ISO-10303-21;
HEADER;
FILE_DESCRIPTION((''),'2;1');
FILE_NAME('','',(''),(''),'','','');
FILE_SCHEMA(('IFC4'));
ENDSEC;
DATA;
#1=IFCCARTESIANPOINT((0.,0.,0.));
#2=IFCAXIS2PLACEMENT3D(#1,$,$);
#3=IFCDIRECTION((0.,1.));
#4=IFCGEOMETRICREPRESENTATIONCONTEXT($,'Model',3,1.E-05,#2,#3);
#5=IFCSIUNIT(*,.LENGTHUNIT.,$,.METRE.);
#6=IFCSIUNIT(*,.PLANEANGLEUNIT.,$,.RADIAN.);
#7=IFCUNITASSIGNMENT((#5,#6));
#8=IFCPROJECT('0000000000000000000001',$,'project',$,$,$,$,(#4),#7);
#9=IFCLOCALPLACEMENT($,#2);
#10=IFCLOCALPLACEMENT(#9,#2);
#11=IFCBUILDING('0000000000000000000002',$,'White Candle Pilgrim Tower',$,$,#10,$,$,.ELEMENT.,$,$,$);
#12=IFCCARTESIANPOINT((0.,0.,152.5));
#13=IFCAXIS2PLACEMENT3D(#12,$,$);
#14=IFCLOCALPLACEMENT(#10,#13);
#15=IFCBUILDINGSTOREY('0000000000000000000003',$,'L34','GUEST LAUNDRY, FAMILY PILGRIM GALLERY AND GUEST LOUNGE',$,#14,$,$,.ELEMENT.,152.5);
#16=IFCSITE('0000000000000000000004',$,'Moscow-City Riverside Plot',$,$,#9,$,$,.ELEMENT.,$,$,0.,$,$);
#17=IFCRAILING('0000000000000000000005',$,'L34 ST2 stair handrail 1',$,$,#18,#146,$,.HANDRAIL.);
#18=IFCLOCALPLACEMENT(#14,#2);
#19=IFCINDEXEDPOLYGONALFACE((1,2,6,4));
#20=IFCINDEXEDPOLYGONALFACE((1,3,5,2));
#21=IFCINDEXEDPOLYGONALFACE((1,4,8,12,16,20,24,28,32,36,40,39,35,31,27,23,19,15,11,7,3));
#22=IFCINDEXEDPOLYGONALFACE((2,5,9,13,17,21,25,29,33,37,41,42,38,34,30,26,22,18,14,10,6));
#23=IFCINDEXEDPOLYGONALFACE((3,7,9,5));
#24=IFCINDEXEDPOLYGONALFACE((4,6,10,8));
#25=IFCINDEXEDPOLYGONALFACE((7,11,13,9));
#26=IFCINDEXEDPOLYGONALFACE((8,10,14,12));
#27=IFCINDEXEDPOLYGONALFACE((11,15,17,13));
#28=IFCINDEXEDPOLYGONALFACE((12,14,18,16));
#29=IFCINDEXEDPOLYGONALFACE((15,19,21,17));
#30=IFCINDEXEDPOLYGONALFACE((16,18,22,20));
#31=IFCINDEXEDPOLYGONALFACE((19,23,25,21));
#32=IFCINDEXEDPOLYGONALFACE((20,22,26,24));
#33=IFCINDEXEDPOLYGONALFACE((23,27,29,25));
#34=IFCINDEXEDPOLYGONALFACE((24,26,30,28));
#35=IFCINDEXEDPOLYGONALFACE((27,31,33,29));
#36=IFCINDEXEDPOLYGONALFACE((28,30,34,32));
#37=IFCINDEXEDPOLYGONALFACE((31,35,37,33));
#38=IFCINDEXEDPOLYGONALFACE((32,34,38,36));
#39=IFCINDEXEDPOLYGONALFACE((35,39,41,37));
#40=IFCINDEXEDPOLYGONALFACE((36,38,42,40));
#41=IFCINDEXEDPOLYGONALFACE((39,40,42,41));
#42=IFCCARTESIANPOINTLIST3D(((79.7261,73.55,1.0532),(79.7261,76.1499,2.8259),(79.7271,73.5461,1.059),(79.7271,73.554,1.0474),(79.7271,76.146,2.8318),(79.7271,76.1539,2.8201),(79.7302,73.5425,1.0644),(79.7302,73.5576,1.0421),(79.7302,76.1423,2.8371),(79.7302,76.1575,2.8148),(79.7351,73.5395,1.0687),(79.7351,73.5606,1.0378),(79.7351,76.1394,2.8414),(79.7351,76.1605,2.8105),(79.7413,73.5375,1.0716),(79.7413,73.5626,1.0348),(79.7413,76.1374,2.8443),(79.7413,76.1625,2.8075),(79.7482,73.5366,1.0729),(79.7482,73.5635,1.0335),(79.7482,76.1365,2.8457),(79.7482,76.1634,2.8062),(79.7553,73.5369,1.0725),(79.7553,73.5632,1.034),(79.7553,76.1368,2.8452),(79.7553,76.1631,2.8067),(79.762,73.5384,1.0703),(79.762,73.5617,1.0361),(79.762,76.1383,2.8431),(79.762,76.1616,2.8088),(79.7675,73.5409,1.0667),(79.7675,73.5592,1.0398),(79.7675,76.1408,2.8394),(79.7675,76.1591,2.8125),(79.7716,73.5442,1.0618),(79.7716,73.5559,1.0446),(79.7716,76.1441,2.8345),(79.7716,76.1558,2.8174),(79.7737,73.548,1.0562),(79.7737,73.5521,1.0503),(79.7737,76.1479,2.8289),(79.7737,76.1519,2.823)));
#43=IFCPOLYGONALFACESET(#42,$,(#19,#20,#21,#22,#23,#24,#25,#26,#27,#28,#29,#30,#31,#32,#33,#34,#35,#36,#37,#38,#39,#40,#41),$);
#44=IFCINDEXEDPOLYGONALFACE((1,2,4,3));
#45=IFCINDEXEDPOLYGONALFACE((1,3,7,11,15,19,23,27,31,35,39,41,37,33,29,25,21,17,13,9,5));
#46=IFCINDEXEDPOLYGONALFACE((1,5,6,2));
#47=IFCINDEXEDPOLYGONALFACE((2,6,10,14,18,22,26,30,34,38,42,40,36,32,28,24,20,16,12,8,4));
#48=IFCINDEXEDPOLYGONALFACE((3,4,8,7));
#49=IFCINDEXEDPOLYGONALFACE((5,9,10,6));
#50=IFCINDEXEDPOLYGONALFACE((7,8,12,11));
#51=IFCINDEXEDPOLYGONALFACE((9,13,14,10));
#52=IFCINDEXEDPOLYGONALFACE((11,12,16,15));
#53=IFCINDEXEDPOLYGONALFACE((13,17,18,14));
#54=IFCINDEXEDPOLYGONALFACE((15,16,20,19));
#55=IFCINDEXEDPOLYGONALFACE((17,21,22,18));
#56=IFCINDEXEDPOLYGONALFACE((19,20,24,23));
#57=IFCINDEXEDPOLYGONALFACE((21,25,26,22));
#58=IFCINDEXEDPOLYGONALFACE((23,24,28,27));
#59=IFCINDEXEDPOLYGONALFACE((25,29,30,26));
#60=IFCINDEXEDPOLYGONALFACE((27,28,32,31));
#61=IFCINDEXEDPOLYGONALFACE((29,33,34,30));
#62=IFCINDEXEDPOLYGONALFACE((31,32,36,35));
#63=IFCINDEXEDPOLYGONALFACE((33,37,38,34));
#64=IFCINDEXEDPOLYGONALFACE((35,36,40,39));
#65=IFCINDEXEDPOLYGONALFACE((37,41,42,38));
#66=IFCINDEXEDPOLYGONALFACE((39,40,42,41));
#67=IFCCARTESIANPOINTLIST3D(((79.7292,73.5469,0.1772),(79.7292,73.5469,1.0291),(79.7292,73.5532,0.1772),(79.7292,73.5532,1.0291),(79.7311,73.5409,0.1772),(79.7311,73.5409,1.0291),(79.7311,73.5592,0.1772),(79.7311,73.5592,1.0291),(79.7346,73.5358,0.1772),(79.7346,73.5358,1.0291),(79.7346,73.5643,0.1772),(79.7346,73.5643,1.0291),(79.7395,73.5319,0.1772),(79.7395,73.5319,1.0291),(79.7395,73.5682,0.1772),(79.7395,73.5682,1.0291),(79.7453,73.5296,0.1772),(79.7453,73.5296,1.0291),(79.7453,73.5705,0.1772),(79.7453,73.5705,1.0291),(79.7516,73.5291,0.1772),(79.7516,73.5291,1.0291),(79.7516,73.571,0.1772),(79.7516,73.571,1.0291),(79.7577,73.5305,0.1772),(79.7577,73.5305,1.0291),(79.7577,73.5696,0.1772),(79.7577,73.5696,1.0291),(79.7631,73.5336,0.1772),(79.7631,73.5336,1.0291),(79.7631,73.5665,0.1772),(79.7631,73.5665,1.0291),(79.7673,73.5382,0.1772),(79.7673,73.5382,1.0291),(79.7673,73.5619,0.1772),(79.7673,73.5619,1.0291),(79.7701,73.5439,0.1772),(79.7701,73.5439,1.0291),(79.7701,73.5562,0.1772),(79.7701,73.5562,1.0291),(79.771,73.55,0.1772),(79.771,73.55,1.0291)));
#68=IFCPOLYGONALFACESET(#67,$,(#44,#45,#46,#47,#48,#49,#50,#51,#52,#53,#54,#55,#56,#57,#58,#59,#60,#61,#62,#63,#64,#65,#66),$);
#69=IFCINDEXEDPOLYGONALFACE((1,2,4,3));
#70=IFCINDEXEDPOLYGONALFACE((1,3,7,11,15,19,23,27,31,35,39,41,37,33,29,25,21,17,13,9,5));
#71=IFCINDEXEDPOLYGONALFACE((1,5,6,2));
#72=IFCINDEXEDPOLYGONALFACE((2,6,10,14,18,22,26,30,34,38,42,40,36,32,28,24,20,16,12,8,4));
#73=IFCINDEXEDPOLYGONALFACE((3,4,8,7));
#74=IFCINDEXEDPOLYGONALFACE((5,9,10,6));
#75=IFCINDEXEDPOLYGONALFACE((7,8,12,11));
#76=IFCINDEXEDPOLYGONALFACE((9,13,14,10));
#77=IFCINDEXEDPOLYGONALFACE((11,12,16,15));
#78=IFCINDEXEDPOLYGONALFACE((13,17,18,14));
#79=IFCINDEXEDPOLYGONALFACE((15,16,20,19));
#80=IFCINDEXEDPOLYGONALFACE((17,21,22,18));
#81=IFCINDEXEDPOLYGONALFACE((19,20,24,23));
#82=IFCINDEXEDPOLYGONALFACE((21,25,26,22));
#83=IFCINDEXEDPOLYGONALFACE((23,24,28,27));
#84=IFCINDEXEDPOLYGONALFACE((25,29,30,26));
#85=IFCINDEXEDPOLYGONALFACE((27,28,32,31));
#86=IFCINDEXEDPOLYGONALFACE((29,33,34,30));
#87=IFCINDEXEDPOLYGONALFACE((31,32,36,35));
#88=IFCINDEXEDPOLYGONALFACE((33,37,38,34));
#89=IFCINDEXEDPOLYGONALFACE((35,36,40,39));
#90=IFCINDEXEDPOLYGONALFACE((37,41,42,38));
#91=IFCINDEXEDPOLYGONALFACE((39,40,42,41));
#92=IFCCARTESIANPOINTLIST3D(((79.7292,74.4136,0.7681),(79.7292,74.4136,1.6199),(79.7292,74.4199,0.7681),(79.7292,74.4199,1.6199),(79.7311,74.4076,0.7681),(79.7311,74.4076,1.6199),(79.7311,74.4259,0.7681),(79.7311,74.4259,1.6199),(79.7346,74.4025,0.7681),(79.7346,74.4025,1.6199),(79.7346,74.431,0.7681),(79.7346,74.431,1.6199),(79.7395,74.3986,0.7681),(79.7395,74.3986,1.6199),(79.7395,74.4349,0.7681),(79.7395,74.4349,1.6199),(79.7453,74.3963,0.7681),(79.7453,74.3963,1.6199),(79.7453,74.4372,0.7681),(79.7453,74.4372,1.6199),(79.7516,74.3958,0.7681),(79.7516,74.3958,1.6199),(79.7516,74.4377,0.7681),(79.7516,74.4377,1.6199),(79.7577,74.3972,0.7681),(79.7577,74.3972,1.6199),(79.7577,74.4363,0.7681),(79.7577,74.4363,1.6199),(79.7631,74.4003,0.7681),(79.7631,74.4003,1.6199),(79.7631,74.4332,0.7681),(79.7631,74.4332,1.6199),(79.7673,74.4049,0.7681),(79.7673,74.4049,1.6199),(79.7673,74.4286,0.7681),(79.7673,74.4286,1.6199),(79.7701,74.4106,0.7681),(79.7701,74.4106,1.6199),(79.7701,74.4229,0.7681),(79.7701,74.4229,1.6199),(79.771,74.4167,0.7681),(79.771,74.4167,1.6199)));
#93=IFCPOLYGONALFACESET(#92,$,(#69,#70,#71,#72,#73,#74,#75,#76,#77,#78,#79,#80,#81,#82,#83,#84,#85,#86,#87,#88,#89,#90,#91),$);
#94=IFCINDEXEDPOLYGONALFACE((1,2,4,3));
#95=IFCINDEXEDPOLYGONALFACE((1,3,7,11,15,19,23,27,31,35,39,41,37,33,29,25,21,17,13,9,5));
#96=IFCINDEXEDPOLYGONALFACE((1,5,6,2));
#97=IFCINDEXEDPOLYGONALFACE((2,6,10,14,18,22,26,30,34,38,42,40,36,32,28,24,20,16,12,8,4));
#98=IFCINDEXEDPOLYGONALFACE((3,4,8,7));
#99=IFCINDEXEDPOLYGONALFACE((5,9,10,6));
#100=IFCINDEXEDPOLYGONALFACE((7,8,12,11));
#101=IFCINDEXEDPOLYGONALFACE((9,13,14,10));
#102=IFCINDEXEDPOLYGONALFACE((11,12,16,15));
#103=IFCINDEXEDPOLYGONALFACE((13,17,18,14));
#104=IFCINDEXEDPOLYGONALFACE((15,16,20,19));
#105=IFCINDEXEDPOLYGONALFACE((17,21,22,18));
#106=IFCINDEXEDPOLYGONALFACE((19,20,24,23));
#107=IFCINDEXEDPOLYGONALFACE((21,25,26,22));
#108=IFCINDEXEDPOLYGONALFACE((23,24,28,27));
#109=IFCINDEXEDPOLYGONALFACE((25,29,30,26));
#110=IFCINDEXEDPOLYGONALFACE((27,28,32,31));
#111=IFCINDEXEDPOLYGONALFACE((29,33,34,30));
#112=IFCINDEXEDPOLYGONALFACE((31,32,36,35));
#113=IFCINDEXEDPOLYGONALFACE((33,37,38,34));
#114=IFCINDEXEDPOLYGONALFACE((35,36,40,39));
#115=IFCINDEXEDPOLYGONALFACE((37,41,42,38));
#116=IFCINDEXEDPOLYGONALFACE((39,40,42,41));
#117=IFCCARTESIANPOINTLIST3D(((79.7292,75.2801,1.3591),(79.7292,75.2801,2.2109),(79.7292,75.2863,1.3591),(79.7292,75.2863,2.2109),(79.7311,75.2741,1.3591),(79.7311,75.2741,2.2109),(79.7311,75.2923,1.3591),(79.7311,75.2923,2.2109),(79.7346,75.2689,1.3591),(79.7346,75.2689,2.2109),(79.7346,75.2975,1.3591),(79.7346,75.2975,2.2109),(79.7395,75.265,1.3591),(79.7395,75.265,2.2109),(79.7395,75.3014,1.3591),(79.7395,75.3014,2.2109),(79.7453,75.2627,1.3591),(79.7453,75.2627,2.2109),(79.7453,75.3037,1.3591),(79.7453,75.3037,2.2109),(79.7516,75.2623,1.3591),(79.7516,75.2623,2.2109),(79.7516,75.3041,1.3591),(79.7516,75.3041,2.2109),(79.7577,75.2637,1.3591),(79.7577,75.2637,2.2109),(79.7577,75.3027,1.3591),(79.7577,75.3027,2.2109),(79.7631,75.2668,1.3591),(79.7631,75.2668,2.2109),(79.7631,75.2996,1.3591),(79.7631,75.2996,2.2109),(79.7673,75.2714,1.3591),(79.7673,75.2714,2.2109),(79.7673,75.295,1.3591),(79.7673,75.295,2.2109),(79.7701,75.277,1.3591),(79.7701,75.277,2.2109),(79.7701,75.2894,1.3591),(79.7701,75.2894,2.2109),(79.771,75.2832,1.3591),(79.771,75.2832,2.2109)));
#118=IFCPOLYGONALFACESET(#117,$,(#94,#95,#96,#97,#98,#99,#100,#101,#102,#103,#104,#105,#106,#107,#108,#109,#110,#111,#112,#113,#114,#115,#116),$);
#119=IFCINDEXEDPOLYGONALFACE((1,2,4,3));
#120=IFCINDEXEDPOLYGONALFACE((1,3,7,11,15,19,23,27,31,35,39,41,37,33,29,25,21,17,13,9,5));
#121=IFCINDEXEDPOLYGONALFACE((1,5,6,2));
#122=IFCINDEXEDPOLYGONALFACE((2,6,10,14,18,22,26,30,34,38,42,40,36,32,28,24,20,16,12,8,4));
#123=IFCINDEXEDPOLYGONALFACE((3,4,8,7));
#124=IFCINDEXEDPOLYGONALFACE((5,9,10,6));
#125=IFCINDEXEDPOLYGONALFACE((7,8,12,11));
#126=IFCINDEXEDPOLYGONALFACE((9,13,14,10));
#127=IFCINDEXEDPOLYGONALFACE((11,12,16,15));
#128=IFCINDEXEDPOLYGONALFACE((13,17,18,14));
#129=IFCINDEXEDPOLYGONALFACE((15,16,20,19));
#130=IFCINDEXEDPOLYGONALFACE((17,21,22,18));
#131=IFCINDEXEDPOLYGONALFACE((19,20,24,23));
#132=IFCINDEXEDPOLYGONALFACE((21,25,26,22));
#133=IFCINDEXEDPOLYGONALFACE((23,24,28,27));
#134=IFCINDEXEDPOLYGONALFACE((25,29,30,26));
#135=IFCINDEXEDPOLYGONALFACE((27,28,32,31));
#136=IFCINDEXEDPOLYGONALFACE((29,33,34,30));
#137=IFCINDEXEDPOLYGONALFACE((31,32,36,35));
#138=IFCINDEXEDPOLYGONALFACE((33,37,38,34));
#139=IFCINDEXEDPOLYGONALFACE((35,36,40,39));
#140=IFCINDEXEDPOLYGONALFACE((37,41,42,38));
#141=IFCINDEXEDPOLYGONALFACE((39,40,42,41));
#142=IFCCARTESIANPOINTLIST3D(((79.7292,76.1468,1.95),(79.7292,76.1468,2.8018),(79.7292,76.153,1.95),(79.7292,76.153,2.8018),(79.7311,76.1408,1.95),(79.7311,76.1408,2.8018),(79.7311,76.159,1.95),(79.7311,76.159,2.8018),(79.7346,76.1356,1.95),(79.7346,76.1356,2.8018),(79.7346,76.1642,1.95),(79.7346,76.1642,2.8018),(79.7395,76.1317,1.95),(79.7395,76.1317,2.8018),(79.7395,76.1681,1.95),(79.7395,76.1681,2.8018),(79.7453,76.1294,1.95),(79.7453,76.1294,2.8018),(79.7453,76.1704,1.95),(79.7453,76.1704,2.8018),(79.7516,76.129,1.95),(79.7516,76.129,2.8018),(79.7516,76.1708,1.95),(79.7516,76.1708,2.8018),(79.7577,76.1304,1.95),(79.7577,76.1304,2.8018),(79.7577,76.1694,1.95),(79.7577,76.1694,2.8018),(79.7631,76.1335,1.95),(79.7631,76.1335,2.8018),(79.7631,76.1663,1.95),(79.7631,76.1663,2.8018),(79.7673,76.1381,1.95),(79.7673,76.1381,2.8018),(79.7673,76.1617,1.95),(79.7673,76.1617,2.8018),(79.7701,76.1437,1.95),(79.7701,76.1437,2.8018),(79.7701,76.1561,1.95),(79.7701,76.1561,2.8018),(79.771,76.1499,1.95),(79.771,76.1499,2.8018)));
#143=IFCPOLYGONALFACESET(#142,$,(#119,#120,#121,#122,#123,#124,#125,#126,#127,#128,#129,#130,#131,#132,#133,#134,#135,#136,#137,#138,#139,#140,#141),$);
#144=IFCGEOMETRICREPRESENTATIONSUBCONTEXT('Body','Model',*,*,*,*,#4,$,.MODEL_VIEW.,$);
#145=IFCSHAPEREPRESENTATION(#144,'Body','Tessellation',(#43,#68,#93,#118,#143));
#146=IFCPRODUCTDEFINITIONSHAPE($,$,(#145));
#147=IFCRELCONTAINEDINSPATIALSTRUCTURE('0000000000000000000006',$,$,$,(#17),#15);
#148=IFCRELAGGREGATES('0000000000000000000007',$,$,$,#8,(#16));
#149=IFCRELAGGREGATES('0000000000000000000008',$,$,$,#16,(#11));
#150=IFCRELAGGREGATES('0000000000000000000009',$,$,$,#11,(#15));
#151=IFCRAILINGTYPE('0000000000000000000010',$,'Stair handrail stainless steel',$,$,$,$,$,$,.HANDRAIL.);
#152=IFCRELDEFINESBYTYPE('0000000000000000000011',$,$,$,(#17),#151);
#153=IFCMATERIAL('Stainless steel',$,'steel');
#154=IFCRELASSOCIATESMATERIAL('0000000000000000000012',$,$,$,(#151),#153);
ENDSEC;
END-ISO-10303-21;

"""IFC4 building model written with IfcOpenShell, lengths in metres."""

from ifc_helpers import new_model, si_unit, direction, frame, origin, origin_2d, place, context, subcontext, project, spatial, circle, extrude, material, type_object, element, save


model = new_model("IFC4")

# Units and contexts
model_context = context("Model", 3, precision=1e-05, world=origin(), true_north=direction((0.0, 1.0)))
body_context = subcontext(model_context, "Body", "Model", "MODEL_VIEW")
ifc_project = project(units=[si_unit("LENGTHUNIT", "METRE"), si_unit("PLANEANGLEUNIT", "RADIAN")], contexts=[model_context])

# Site, building, storey
site_placement = place(None, origin())
site = spatial("IfcSite", under=ifc_project, at=site_placement, Name="Moscow-City Riverside Plot", CompositionType="ELEMENT", RefElevation=0.0)
building_placement = place(site_placement, origin())
building = spatial("IfcBuilding", under=site, at=building_placement, Name="White Candle Pilgrim Tower", CompositionType="ELEMENT")
storey_placement = place(building_placement, frame((0.0, 0.0, 152.5)))
storey = spatial("IfcBuildingStorey", under=building, at=storey_placement, Name="L34", Description="GUEST LAUNDRY, FAMILY PILGRIM GALLERY AND GUEST LOUNGE", CompositionType="ELEMENT", Elevation=152.5)

# Railing
ifc_material_1 = material(Name="Stainless steel", Category="steel")
railing_type_1 = type_object("IfcRailingType", Name="Stair handrail stainless steel", PredefinedType="HANDRAIL", material=ifc_material_1)
railing_1_placement = place(storey_placement, frame((79.75, 73.55, 0.1772)))
element("IfcRailing", 1, at=railing_1_placement, inside=storey, type_object=railing_type_1, Name="L34 ST2 stair handrail 1", PredefinedType="HANDRAIL", context=body_context, shape_type="SweptSolid", body=[
    extrude(circle(Radius=0.0239, at=origin_2d()), frame((0.0, 0.0, 0.876), z_axis=(0.0, 0.826216, 0.563354), x_axis=(-1.0, 0.0, 0.0)), (0.0, 0.0, 1.0), 3.1467),
    extrude(circle(Radius=0.021, at=origin_2d()), origin(), (0.0, 0.0, 1.0), 0.8518),
    extrude(circle(Radius=0.021, at=origin_2d()), frame((0.0, 0.8667, 0.5908)), (0.0, 0.0, 1.0), 0.8518),
    extrude(circle(Radius=0.021, at=origin_2d()), frame((0.0, 1.7332, 1.1819)), (0.0, 0.0, 1.0), 0.8518),
    extrude(circle(Radius=0.021, at=origin_2d()), frame((0.0, 2.5999, 1.7727)), (0.0, 0.0, 1.0), 0.8518),
])

save(model, "model.ifc")
